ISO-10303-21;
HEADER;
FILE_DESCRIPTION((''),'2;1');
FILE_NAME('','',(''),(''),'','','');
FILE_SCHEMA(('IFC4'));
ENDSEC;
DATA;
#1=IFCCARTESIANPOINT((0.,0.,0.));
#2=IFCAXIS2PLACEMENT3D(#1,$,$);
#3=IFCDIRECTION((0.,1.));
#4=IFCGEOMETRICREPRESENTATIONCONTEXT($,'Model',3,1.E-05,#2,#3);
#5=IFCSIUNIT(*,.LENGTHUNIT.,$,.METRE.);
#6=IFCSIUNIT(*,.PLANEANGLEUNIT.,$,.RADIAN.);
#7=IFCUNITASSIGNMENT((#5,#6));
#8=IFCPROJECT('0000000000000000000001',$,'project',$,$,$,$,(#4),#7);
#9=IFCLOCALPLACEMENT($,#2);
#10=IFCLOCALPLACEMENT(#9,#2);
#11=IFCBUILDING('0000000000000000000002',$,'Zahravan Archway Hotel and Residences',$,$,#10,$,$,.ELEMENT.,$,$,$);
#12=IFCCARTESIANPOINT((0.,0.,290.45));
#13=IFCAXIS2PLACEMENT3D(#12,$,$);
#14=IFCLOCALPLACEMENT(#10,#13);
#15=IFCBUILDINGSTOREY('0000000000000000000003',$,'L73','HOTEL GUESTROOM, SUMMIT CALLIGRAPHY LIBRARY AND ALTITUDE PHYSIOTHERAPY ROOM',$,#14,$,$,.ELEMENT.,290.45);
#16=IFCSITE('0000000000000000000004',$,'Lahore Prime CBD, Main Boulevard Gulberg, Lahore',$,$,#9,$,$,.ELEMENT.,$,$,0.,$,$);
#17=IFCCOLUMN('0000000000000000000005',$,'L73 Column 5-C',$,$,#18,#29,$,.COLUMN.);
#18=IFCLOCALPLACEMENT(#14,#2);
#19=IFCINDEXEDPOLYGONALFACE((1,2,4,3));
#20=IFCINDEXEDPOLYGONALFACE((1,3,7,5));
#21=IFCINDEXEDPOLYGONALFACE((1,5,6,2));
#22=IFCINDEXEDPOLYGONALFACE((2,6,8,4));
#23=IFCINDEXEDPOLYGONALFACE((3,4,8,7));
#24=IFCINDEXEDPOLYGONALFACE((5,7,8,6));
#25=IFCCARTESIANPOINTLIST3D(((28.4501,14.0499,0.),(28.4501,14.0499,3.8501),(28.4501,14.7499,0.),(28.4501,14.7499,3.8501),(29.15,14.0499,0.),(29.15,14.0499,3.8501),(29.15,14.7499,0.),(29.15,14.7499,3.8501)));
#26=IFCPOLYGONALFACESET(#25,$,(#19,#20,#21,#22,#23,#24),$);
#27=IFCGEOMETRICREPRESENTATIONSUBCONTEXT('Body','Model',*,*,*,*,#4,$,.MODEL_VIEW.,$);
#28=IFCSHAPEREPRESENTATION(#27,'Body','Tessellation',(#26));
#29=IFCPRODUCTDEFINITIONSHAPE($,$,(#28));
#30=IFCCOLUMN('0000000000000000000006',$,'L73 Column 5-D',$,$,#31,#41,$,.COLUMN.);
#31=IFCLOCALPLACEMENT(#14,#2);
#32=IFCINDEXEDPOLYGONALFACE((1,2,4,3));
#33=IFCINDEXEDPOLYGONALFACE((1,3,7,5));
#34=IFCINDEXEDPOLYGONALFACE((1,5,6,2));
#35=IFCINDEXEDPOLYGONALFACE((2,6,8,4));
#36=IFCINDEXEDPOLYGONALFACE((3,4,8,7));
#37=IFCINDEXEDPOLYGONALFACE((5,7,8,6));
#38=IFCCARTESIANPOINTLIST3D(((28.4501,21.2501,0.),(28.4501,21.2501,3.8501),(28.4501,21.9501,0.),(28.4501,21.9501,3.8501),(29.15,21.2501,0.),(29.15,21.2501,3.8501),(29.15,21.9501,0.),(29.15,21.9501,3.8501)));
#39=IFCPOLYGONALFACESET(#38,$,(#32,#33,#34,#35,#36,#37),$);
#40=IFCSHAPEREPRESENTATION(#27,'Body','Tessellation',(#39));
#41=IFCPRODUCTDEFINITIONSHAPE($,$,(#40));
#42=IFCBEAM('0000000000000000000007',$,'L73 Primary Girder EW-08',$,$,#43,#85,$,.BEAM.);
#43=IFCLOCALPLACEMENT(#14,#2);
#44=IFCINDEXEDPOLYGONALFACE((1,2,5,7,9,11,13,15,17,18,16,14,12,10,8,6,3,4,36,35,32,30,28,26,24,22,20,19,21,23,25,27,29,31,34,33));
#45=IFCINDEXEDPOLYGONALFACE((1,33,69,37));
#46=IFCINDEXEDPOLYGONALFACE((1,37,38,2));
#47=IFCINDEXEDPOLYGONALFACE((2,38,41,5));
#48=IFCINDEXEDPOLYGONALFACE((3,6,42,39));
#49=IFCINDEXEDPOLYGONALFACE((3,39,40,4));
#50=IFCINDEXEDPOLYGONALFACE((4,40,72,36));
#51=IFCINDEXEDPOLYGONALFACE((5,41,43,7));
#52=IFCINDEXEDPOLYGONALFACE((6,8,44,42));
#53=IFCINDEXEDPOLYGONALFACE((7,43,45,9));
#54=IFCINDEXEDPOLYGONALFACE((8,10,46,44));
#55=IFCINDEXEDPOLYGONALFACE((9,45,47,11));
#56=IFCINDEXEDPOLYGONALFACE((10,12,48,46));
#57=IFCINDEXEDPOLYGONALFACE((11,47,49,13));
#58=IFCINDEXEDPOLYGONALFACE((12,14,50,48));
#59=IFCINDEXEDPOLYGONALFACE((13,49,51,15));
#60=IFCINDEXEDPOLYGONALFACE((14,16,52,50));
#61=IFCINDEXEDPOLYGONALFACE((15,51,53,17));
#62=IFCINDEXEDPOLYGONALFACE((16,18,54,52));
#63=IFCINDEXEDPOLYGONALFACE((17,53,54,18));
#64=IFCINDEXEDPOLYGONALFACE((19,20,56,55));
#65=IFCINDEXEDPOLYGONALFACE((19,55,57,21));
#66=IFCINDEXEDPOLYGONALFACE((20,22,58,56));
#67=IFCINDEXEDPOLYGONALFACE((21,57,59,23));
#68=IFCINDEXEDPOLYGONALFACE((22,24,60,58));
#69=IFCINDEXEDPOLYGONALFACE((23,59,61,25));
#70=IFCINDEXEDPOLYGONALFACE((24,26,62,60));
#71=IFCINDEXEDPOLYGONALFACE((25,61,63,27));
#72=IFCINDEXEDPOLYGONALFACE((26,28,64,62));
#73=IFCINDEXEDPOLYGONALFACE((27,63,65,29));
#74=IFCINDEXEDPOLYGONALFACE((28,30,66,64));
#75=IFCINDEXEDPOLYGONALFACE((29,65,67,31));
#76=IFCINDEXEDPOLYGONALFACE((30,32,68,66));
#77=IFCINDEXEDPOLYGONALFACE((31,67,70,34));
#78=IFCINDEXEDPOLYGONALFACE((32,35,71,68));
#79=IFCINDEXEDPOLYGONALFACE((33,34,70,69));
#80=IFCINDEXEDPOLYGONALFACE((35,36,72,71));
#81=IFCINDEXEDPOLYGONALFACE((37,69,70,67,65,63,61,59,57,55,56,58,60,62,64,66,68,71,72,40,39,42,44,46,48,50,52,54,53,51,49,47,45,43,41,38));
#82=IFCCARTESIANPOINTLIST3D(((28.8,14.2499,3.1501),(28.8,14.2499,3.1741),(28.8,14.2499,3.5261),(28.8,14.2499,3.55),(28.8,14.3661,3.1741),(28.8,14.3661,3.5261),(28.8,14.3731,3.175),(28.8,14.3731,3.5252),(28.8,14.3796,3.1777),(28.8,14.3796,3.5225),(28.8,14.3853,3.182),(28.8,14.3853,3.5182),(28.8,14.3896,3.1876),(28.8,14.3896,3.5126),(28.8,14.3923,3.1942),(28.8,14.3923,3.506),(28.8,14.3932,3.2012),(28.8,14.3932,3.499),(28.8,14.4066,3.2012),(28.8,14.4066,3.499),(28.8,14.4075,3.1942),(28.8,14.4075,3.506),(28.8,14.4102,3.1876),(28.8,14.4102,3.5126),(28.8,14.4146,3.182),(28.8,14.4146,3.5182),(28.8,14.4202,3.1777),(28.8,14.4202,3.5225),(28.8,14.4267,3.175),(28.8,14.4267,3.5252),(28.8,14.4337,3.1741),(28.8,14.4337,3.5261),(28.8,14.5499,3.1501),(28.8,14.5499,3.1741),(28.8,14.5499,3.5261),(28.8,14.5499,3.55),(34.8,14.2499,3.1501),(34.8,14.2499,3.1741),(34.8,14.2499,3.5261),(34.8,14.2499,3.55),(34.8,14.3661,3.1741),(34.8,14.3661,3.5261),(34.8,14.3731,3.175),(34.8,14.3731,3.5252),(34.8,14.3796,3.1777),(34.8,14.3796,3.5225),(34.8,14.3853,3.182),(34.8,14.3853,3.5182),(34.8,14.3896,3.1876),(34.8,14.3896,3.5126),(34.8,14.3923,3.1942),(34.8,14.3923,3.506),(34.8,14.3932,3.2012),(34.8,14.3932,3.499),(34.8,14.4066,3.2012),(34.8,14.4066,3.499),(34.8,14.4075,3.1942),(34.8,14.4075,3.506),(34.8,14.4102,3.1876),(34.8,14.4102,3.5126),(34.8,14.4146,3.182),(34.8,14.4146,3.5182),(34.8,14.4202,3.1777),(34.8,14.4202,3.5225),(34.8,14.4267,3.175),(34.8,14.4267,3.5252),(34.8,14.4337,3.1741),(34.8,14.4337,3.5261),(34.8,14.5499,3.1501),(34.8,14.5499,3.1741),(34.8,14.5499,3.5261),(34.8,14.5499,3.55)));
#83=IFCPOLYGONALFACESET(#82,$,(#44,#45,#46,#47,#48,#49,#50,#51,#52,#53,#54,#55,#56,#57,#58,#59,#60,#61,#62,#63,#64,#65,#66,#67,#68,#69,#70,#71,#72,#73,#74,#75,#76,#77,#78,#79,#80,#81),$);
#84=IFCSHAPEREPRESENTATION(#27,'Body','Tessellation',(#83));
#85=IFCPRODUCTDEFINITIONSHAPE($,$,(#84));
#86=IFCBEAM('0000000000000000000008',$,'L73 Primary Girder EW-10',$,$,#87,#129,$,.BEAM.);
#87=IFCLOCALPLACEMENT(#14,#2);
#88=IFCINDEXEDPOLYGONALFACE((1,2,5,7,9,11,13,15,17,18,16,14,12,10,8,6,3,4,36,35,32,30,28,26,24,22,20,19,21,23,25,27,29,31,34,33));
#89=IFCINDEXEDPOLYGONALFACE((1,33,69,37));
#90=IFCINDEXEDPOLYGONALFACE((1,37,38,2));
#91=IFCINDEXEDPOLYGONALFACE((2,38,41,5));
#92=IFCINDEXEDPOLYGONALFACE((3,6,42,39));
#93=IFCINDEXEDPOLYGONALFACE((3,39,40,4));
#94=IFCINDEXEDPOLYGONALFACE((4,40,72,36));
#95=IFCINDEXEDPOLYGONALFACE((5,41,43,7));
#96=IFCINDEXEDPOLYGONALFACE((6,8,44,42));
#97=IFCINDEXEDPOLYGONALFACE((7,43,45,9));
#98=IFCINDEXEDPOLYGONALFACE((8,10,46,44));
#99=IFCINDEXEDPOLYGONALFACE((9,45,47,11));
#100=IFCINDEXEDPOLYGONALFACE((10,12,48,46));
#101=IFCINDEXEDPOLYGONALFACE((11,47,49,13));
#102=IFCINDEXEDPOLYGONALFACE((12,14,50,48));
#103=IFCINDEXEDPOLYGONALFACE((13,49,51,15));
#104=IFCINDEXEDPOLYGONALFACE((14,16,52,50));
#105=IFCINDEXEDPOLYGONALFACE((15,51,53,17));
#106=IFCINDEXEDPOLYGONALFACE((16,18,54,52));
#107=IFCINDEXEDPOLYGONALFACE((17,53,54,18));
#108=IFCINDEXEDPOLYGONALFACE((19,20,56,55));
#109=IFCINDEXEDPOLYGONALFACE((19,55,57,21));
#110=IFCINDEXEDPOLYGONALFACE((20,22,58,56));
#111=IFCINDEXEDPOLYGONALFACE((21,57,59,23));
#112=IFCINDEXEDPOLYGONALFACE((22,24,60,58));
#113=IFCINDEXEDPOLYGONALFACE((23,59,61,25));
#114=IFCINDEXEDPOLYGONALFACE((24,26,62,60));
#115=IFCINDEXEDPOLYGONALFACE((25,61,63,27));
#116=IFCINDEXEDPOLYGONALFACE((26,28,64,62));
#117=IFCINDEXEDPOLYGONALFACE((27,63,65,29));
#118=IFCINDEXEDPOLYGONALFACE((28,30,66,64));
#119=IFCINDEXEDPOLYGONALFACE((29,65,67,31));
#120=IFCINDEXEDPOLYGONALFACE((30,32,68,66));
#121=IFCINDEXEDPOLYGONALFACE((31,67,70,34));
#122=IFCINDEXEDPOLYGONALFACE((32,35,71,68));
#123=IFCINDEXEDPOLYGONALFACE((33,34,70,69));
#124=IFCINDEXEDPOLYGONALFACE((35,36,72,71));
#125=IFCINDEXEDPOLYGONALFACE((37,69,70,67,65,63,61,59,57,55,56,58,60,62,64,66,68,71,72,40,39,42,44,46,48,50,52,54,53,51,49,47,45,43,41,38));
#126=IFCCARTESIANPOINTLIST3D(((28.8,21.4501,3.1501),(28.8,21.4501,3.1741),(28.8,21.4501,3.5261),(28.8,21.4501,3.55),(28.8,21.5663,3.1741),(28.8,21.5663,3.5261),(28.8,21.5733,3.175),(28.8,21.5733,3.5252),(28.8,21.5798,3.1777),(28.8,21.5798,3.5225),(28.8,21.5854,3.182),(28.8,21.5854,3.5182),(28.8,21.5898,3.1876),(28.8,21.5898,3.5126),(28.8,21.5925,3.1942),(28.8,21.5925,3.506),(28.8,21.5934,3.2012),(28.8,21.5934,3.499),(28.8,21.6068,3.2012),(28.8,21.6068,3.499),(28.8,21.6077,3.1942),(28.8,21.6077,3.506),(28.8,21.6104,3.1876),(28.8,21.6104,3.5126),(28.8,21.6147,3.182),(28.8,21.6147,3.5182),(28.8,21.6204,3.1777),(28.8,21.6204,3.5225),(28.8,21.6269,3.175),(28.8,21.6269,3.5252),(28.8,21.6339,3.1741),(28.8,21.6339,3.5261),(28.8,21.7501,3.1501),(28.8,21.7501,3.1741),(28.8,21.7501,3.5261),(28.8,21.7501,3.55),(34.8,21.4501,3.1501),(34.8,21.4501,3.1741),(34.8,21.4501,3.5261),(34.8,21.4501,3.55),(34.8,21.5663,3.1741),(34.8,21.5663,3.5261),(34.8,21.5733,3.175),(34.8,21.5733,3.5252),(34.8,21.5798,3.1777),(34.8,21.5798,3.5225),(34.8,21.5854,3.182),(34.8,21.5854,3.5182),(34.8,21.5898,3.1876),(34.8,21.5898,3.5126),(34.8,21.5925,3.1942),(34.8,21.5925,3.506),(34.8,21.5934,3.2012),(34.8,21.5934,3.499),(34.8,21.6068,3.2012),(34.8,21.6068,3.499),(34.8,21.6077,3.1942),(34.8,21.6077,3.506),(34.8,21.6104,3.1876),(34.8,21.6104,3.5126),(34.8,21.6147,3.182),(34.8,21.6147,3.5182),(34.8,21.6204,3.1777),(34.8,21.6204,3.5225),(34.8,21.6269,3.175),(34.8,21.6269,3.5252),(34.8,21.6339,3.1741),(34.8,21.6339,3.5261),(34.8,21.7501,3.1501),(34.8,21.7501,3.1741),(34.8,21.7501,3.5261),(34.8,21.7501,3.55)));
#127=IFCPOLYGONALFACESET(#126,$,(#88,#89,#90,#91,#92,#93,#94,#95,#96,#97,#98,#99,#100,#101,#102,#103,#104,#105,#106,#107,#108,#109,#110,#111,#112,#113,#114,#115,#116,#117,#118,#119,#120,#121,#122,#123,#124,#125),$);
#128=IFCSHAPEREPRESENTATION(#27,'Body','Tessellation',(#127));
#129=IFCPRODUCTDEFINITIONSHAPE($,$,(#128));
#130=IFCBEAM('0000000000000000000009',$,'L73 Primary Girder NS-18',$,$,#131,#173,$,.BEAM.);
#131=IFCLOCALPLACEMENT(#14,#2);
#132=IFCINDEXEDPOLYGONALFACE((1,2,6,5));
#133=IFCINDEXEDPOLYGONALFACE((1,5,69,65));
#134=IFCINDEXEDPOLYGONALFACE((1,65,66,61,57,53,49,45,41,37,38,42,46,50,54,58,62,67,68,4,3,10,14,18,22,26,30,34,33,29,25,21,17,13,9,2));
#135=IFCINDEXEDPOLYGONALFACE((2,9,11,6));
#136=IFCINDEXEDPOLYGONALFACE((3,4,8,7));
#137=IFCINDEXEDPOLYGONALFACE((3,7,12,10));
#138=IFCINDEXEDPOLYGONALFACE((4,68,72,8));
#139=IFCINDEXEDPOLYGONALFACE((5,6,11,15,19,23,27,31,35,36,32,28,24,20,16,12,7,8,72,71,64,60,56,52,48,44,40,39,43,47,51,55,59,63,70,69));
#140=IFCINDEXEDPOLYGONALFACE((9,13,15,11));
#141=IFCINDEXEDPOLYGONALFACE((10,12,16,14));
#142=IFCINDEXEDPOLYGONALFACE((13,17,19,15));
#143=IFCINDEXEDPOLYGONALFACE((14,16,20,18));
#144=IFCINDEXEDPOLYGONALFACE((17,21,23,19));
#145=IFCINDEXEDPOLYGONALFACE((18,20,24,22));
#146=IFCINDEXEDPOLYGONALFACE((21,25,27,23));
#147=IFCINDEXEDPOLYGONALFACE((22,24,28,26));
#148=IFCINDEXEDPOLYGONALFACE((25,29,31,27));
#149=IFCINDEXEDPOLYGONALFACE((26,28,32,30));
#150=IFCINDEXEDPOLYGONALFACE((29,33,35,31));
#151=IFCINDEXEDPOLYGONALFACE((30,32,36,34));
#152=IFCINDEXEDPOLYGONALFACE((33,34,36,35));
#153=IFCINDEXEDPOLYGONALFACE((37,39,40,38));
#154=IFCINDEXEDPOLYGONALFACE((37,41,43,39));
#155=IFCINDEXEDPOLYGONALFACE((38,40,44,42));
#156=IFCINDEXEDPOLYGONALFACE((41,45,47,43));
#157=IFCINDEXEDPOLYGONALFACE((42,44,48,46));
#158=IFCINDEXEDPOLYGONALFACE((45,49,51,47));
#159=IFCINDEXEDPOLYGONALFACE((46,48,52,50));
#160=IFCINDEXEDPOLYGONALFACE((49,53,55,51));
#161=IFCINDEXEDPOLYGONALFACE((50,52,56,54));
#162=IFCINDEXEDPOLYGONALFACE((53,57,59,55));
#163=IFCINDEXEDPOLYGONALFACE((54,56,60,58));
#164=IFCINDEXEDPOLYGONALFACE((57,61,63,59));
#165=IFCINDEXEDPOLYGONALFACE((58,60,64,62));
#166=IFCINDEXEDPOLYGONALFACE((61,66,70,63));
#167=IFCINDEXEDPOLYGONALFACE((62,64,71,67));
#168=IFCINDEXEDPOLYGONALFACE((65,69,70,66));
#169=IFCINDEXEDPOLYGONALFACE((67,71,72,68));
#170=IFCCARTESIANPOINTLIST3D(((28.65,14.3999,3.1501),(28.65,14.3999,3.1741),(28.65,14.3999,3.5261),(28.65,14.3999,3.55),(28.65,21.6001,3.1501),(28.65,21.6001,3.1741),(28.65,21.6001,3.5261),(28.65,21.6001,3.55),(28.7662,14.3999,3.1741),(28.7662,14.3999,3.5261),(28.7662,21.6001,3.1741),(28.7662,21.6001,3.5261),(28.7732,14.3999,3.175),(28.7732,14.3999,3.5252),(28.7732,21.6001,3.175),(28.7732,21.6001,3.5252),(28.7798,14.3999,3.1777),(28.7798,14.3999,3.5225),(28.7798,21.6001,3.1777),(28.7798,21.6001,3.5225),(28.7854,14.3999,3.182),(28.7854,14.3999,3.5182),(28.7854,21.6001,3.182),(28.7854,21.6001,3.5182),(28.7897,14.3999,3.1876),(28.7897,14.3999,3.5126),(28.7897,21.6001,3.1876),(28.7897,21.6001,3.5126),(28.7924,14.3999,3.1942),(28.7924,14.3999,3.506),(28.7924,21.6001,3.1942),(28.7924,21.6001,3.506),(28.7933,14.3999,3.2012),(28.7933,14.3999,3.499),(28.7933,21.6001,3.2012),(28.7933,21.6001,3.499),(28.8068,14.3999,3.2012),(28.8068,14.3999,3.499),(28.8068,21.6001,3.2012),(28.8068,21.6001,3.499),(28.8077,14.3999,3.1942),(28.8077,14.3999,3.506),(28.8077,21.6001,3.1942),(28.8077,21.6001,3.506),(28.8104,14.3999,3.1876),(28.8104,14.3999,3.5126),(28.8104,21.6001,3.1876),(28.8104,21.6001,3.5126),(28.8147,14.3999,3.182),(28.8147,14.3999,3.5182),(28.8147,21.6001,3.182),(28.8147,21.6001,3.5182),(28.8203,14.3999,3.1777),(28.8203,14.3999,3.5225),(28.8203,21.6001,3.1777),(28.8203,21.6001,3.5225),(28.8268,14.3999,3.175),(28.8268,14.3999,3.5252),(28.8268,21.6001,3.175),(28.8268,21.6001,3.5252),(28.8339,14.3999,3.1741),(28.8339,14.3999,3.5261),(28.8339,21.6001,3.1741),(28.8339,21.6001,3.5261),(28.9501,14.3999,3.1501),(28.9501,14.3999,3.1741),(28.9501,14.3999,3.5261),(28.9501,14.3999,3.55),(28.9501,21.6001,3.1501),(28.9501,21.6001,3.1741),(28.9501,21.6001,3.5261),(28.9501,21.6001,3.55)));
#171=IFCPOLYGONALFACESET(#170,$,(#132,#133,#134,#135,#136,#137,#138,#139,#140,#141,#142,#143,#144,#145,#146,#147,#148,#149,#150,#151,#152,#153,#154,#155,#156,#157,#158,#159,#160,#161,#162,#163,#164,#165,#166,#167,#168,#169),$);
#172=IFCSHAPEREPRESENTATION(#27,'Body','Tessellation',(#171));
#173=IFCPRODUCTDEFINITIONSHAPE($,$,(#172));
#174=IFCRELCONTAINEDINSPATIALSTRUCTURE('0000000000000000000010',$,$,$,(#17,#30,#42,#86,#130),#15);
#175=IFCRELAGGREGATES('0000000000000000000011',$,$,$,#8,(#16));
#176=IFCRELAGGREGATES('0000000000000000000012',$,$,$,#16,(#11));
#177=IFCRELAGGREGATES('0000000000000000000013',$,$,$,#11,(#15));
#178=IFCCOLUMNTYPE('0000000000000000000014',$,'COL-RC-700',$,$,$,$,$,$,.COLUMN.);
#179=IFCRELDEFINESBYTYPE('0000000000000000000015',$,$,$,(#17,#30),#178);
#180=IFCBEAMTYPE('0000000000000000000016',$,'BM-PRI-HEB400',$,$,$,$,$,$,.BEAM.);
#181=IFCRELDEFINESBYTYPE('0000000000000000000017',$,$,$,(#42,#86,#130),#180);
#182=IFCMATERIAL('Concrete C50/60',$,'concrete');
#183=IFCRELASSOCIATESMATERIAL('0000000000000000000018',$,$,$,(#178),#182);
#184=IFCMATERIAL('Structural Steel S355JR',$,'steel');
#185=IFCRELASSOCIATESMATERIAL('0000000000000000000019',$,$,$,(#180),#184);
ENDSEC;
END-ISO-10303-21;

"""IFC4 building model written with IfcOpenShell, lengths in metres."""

from ifc_helpers import new_model, si_unit, direction, frame, origin, origin_2d, place, context, subcontext, project, spatial, rectangle, i_section, extrude, source, transform, mapped, material, material_profile, profile_set, type_object, element, save


model = new_model("IFC4")

# Units and contexts
model_context = context("Model", 3, precision=1e-05, world=origin(), true_north=direction((0.0, 1.0)))
body_context = subcontext(model_context, "Body", "Model", "MODEL_VIEW")
ifc_project = project(units=[si_unit("LENGTHUNIT", "METRE"), si_unit("PLANEANGLEUNIT", "RADIAN")], contexts=[model_context])

# Site, building, storey
site_placement = place(None, origin())
site = spatial("IfcSite", under=ifc_project, at=site_placement, Name="Lahore Prime CBD, Main Boulevard Gulberg, Lahore", CompositionType="ELEMENT", RefElevation=0.0)
building_placement = place(site_placement, origin())
building = spatial("IfcBuilding", under=site, at=building_placement, Name="Zahravan Archway Hotel and Residences", CompositionType="ELEMENT")
storey_placement = place(building_placement, frame((0.0, 0.0, 290.45)))
storey = spatial("IfcBuildingStorey", under=building, at=storey_placement, Name="L73", Description="HOTEL GUESTROOM, SUMMIT CALLIGRAPHY LIBRARY AND ALTITUDE PHYSIOTHERAPY ROOM", CompositionType="ELEMENT", Elevation=290.45)

# Columns
ifc_material_1 = material(Name="Concrete C50/60", Category="concrete")
ifc_material_profile_1 = material_profile(ifc_material_1, rectangle(XDim=0.7, YDim=0.7, at=origin_2d()), Name="RC-COL-700x700", Category="concrete")
ifc_profile_set_1 = profile_set([ifc_material_profile_1], Name="Concrete C50/60")
column_type = type_object("IfcColumnType", Name="COL-RC-700", PredefinedType="COLUMN", material=ifc_profile_set_1)
shared_shape_1 = source(origin(), body_context, "Body", "SweptSolid", [
    extrude(rectangle(XDim=0.7, YDim=0.7, at=origin_2d()), origin(), (0.0, 0.0, 1.0), 3.8501),
])
for number, where, z_axis, x_axis, name in (
    (1, (28.8, 14.3999, 0.0), (0.0, 0.0, 1.0), (1.0, 0.0, 0.0), "L73 Column 5-C"),
    (2, (28.8, 21.6001, 0.0), (0.0, 0.0, 1.0), (1.0, 0.0, 0.0), "L73 Column 5-D"),
):
    element("IfcColumn", number, at=place(storey_placement, frame(where, z_axis=z_axis, x_axis=x_axis)), inside=storey, type_object=column_type, Name=name, PredefinedType="COLUMN", context=body_context, shape_type="MappedRepresentation", body=[
        mapped(shared_shape_1, transform((0.0, 0.0, 0.0), scale=1.0)),
    ])

# Beams
ifc_material_2 = material(Name="Structural Steel S355JR", Category="steel")
ifc_material_profile_2 = material_profile(ifc_material_2, i_section(OverallWidth=0.3, OverallDepth=0.3999, WebThickness=0.0134, FlangeThickness=0.0239, FilletRadius=0.0271, at=origin_2d()), Name="HEB 400", Category="steel")
ifc_profile_set_2 = profile_set([ifc_material_profile_2], Name="Structural Steel S355JR")
beam_type_1 = type_object("IfcBeamType", Name="BM-PRI-HEB400", PredefinedType="BEAM", material=ifc_profile_set_2)
shared_shape_2 = source(origin(), body_context, "Body", "SweptSolid", [
    extrude(i_section(OverallWidth=0.3, OverallDepth=0.3999, WebThickness=0.0134, FlangeThickness=0.0239, FilletRadius=0.0271, at=origin_2d()), origin(), (0.0, 0.0, 1.0), 6.0),
])
for number, where, z_axis, x_axis, name in (
    (3, (28.8, 14.3999, 3.3501), (1.0, 0.0, 0.0), (0.0, 1.0, 0.0), "L73 Primary Girder EW-08"),
    (4, (28.8, 21.6001, 3.3501), (1.0, 0.0, 0.0), (0.0, 1.0, 0.0), "L73 Primary Girder EW-10"),
):
    element("IfcBeam", number, at=place(storey_placement, frame(where, z_axis=z_axis, x_axis=x_axis)), inside=storey, type_object=beam_type_1, Name=name, PredefinedType="BEAM", context=body_context, shape_type="MappedRepresentation", body=[
        mapped(shared_shape_2, transform((0.0, 0.0, 0.0), scale=1.0)),
    ])
shared_shape_3 = source(origin(), body_context, "Body", "SweptSolid", [
    extrude(i_section(OverallWidth=0.3, OverallDepth=0.3999, WebThickness=0.0134, FlangeThickness=0.0239, FilletRadius=0.0271, at=origin_2d()), origin(), (0.0, 0.0, 1.0), 7.2002),
])
beam_1_placement = place(storey_placement, frame((28.8, 14.3999, 3.3501), z_axis=(0.0, 1.0, 0.0), x_axis=(-1.0, 0.0, 0.0)))
element("IfcBeam", 5, at=beam_1_placement, inside=storey, type_object=beam_type_1, Name="L73 Primary Girder NS-18", PredefinedType="BEAM", context=body_context, shape_type="MappedRepresentation", body=[
    mapped(shared_shape_3, transform((0.0, 0.0, 0.0), scale=1.0)),
])

save(model, "model.ifc")
